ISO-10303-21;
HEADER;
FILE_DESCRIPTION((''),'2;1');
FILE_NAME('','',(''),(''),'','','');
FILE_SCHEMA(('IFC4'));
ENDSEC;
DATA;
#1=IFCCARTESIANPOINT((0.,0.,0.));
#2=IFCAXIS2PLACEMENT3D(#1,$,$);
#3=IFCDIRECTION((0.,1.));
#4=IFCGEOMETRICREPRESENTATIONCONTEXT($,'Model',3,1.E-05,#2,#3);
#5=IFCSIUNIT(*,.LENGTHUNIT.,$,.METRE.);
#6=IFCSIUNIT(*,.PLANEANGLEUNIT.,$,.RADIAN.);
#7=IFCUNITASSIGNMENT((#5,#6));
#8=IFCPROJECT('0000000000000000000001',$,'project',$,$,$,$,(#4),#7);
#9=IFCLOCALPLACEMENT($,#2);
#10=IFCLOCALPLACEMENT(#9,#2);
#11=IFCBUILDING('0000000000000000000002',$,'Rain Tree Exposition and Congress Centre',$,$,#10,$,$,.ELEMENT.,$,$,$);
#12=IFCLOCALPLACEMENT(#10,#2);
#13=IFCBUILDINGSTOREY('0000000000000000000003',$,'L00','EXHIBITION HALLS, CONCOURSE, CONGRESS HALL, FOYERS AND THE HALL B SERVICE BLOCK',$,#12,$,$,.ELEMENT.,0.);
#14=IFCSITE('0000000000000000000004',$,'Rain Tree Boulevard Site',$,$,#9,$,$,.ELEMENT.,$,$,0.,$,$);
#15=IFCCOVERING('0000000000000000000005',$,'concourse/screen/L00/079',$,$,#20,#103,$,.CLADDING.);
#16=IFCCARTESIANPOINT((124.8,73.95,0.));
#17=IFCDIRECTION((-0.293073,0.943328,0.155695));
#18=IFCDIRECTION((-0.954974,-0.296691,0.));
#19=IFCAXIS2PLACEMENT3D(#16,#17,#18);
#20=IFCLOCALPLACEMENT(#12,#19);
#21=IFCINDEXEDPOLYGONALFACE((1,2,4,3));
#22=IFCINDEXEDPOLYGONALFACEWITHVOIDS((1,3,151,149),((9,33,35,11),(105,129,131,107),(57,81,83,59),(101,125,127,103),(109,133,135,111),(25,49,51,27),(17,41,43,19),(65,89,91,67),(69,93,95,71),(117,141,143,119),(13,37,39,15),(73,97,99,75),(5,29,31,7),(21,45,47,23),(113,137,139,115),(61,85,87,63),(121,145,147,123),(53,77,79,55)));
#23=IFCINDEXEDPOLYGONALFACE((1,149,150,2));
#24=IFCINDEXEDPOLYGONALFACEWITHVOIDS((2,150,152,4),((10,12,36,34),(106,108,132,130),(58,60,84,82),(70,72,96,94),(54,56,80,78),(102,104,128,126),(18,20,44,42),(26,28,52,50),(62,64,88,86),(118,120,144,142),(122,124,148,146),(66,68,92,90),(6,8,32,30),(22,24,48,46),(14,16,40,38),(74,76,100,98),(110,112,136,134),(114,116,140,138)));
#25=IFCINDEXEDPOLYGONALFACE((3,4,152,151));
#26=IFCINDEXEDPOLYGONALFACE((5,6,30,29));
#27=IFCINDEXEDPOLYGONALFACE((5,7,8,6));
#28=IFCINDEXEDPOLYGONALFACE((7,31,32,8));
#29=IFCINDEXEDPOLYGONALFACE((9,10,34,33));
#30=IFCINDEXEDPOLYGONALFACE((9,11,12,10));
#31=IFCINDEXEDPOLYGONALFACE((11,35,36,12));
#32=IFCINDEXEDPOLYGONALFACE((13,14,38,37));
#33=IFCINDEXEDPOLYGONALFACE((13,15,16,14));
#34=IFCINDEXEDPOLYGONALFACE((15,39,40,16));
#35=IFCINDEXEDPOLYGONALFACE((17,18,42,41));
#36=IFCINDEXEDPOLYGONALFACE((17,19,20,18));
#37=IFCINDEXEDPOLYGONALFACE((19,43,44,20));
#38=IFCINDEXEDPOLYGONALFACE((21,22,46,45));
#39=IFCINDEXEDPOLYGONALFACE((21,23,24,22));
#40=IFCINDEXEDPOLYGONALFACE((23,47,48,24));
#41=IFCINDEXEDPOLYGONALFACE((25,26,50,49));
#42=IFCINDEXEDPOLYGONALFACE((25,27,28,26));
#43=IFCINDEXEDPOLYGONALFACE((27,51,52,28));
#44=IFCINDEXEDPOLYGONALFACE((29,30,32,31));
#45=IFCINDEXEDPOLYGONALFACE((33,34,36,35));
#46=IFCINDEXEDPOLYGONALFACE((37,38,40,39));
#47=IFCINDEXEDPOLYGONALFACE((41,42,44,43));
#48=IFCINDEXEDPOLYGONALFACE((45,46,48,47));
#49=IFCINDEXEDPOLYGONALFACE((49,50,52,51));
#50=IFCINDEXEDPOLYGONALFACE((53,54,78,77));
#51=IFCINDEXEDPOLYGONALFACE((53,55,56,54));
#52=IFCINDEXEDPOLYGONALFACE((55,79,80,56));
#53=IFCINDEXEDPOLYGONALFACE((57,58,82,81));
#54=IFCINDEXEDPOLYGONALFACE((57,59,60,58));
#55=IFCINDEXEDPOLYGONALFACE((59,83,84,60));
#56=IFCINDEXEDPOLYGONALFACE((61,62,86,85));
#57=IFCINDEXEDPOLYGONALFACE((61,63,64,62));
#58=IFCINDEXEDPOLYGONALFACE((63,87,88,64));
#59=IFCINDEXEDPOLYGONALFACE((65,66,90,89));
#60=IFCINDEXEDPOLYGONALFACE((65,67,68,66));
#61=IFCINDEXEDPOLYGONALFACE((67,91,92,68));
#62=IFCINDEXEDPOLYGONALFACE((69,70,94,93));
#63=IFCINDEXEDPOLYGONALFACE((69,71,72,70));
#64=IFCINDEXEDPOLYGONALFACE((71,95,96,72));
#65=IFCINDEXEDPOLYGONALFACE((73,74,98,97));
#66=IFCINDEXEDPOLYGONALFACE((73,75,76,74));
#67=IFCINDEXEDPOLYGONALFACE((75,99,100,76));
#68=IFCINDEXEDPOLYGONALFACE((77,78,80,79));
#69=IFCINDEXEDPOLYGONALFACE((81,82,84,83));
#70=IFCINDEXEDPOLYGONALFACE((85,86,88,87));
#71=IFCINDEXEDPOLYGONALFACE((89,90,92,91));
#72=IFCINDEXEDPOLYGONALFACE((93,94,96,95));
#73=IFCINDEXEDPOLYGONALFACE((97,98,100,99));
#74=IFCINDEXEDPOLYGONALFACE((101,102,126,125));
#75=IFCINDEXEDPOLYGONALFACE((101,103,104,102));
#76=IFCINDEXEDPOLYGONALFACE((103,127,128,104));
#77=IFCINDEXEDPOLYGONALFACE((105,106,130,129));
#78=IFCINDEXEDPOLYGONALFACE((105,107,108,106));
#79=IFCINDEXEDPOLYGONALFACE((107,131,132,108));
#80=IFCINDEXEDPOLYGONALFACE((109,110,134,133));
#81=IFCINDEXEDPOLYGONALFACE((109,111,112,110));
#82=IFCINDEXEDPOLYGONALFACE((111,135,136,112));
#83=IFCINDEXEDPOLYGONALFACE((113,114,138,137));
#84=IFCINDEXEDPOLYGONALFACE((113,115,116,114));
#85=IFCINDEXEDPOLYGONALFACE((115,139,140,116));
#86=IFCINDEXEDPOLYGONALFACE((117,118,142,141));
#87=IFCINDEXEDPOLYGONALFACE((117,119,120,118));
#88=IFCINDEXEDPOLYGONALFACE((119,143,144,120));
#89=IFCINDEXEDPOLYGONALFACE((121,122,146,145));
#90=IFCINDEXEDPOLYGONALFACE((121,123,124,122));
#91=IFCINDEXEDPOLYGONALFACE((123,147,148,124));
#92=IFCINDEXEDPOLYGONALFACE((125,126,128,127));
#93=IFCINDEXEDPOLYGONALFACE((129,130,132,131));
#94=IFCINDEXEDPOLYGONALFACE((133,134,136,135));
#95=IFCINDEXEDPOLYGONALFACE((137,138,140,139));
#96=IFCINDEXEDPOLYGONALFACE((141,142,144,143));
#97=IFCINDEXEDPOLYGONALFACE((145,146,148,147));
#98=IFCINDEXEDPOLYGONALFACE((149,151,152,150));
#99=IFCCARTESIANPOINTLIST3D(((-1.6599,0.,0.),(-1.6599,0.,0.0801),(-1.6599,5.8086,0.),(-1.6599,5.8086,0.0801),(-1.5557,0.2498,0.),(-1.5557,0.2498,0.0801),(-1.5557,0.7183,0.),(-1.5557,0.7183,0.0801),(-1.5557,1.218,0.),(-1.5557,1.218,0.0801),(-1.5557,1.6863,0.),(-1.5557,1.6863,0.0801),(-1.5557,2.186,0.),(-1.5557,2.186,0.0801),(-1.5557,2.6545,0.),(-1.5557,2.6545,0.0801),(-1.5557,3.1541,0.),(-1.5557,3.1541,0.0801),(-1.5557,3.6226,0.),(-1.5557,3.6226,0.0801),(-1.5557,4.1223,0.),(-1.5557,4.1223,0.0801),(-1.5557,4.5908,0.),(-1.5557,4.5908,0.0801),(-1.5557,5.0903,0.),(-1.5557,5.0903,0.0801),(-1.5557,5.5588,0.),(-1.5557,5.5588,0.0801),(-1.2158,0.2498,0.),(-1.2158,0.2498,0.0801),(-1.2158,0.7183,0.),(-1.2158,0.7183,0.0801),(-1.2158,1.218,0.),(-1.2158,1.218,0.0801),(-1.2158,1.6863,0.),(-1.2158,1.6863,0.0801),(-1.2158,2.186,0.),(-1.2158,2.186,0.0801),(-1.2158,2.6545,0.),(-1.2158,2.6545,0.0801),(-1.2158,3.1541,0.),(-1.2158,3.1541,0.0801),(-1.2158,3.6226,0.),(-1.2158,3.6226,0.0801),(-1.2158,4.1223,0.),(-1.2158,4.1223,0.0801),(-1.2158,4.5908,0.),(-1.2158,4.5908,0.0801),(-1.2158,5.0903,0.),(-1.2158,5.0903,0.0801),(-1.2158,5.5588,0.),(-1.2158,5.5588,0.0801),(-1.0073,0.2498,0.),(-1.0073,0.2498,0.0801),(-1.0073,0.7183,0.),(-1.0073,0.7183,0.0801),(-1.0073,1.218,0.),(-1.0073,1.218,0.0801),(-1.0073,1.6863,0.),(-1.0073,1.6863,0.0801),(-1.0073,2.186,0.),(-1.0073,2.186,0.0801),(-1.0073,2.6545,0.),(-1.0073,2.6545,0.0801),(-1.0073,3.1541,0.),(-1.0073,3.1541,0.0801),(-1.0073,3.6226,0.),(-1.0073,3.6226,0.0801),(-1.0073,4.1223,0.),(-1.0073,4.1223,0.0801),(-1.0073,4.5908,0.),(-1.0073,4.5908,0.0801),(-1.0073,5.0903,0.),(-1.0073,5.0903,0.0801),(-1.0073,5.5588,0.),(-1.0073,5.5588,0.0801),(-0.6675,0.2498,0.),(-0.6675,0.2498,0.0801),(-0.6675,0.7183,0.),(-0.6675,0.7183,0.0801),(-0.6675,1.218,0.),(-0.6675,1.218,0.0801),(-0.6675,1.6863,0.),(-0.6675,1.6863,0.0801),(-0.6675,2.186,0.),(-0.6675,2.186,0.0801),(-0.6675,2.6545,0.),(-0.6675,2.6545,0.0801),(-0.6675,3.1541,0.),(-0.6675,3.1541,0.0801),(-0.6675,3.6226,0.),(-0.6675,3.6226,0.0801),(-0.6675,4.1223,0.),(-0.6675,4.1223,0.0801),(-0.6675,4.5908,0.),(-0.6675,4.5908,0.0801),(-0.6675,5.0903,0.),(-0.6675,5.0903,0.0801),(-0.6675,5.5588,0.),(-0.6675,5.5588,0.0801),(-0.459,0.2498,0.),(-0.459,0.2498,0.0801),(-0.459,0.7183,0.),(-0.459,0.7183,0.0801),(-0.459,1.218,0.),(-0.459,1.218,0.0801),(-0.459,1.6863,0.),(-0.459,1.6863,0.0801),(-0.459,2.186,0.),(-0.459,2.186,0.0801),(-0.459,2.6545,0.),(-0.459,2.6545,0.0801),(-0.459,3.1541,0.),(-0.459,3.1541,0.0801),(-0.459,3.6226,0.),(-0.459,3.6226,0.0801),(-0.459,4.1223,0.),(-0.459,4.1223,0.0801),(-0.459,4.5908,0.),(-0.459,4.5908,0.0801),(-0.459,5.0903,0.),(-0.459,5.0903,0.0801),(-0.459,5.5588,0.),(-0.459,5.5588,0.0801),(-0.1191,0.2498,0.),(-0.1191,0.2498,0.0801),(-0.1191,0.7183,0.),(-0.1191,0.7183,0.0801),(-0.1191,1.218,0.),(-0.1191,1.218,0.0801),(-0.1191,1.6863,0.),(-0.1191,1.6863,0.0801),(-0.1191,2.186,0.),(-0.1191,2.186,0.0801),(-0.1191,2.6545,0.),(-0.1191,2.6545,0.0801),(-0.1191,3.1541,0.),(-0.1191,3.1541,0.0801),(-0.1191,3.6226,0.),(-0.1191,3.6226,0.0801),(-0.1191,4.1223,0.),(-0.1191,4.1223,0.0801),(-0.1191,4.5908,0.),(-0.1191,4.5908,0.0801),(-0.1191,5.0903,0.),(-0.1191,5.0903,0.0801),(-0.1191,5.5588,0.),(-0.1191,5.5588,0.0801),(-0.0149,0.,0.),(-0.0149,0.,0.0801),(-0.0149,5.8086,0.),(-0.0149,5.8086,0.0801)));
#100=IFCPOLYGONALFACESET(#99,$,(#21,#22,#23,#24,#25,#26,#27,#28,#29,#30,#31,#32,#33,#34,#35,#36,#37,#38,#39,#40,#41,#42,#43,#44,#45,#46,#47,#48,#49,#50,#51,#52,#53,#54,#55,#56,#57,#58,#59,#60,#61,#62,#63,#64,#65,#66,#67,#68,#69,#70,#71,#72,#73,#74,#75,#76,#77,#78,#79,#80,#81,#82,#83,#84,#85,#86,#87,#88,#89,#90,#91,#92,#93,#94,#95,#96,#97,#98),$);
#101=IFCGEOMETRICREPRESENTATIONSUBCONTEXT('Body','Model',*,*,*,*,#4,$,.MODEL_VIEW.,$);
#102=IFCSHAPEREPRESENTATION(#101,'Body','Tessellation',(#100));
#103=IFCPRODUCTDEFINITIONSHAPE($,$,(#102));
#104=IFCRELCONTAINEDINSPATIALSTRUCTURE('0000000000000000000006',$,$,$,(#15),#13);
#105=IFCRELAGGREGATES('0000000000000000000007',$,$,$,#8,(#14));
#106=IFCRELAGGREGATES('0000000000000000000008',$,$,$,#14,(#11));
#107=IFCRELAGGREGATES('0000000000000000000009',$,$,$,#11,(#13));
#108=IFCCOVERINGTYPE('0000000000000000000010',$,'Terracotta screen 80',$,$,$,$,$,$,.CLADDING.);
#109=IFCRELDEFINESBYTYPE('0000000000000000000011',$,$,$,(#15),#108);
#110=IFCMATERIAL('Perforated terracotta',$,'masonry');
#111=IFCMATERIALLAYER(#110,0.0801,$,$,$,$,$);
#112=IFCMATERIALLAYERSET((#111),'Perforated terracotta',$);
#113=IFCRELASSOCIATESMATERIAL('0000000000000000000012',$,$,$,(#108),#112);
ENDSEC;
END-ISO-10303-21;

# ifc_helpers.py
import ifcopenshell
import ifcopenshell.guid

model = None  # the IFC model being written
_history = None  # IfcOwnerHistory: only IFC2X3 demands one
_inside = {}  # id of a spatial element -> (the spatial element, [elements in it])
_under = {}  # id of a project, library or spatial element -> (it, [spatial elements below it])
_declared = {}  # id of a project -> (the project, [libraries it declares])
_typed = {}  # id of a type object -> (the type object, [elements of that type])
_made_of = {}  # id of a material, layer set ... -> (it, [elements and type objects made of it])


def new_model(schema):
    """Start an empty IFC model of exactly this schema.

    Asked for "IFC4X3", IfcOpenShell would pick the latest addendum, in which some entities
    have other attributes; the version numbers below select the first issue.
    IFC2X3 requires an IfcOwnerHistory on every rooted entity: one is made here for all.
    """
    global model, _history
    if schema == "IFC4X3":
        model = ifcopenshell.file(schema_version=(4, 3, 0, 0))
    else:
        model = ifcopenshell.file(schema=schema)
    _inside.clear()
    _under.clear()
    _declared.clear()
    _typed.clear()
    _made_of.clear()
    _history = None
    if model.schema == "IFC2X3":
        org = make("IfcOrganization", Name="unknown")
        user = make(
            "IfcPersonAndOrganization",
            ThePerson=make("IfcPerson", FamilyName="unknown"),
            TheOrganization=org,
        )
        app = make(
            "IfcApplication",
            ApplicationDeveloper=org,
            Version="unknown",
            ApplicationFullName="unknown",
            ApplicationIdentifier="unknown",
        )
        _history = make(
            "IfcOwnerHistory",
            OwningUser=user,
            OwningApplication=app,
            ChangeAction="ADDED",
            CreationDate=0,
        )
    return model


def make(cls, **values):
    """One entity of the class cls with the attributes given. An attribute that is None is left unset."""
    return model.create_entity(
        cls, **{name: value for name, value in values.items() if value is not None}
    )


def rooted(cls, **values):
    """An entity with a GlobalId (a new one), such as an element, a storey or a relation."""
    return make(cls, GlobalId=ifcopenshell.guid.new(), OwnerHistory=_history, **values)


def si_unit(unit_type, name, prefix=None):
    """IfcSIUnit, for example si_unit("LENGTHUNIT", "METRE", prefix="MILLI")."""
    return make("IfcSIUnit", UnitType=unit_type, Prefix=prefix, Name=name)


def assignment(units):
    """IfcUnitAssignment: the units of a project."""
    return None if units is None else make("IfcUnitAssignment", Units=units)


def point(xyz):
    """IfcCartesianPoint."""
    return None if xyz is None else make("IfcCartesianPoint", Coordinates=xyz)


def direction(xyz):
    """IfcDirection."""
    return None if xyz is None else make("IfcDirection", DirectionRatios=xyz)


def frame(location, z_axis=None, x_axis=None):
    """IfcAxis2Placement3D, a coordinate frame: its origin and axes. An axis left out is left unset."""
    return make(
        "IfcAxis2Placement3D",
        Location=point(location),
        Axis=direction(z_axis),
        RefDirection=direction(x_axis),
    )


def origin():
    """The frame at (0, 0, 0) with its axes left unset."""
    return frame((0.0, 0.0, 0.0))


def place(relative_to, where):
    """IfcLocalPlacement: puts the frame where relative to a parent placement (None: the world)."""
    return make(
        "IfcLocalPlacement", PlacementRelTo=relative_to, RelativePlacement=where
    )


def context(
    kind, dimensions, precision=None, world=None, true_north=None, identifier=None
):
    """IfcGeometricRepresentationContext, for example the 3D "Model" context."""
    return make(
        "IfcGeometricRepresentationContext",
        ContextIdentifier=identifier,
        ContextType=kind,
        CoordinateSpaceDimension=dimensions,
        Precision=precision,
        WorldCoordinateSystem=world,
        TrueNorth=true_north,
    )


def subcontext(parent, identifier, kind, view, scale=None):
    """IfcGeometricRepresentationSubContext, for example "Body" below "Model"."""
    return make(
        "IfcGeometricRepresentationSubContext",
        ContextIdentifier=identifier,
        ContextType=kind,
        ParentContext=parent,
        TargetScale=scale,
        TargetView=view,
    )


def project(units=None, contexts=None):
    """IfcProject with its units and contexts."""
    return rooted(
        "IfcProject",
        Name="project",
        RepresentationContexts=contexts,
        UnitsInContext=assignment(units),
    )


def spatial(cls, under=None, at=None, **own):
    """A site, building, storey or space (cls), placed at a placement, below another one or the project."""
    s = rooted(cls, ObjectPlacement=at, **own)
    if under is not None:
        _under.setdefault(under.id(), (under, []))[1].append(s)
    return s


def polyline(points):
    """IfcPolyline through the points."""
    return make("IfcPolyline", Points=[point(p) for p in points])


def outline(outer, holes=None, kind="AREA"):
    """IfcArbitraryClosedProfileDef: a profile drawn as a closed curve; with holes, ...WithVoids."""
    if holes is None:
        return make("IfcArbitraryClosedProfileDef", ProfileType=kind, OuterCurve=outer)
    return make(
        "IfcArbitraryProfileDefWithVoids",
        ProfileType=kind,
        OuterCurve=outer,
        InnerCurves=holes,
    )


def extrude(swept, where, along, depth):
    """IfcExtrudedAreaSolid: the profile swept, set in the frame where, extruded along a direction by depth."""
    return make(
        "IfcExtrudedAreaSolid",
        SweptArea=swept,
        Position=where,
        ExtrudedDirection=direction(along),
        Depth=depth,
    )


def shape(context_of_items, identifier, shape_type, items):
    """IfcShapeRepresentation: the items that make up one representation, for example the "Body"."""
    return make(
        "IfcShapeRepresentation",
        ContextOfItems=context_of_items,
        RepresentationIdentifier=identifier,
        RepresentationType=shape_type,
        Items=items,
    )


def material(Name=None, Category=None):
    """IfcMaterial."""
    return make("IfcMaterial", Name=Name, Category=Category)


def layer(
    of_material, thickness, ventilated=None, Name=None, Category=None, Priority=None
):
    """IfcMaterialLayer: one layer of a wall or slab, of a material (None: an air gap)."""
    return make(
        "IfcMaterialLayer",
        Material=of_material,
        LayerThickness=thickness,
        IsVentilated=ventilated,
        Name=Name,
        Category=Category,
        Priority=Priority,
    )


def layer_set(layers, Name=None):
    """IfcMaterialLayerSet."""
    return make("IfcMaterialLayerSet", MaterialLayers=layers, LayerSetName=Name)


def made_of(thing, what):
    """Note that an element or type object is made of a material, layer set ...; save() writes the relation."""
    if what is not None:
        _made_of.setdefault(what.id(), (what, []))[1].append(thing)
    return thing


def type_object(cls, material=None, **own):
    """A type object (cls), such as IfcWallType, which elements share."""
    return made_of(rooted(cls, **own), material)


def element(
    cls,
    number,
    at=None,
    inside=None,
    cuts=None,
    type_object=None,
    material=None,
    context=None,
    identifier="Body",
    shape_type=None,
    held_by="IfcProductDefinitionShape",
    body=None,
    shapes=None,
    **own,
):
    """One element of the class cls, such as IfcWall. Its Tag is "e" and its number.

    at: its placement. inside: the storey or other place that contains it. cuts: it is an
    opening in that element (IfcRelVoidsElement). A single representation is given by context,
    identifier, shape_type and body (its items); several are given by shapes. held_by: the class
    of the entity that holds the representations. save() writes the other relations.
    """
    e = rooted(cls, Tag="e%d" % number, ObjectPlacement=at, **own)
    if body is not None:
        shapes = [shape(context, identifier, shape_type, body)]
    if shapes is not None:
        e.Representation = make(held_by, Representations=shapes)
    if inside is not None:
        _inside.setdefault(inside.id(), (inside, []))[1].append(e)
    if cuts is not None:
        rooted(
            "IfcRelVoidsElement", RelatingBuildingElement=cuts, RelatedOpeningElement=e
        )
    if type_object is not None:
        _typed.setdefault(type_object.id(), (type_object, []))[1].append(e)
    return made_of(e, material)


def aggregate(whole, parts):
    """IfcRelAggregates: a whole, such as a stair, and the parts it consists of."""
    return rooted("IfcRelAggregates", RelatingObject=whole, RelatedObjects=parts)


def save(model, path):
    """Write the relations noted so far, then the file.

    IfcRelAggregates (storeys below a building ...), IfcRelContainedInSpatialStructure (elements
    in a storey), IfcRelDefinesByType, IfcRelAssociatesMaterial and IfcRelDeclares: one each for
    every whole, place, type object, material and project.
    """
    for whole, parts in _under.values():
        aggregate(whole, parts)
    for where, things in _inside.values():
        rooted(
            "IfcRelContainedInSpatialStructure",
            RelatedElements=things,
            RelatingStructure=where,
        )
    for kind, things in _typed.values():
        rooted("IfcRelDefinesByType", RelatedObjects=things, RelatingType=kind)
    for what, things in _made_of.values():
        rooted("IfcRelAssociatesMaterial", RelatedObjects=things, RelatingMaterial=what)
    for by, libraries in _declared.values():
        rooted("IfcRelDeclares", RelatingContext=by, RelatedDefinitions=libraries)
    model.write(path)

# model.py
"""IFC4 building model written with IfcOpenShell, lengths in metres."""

from ifc_helpers import new_model, si_unit, direction, frame, origin, place, context, subcontext, project, spatial, polyline, outline, extrude, material, layer, layer_set, type_object, element, save


model = new_model("IFC4")

# Units and contexts
model_context = context("Model", 3, precision=1e-05, world=origin(), true_north=direction((0.0, 1.0)))
body_context = subcontext(model_context, "Body", "Model", "MODEL_VIEW")
ifc_project = project(units=[si_unit("LENGTHUNIT", "METRE"), si_unit("PLANEANGLEUNIT", "RADIAN")], contexts=[model_context])

# Site, building, storey
site_placement = place(None, origin())
site = spatial("IfcSite", under=ifc_project, at=site_placement, Name="Rain Tree Boulevard Site", CompositionType="ELEMENT", RefElevation=0.0)
building_placement = place(site_placement, origin())
building = spatial("IfcBuilding", under=site, at=building_placement, Name="Rain Tree Exposition and Congress Centre", CompositionType="ELEMENT")
storey_placement = place(building_placement, origin())
storey = spatial("IfcBuildingStorey", under=building, at=storey_placement, Name="L00", Description="EXHIBITION HALLS, CONCOURSE, CONGRESS HALL, FOYERS AND THE HALL B SERVICE BLOCK", CompositionType="ELEMENT", Elevation=0.0)

# Covering
ifc_material_1 = material(Name="Perforated terracotta", Category="masonry")
ifc_layer_1 = layer(ifc_material_1, 0.0801)
ifc_layer_set_1 = layer_set([ifc_layer_1], Name="Perforated terracotta")
covering_type = type_object("IfcCoveringType", Name="Terracotta screen 80", PredefinedType="CLADDING", material=ifc_layer_set_1)
covering_1_placement = place(storey_placement, frame((124.8, 73.95, 0.0), z_axis=(-0.293073, 0.943328, 0.155695), x_axis=(-0.954974, -0.296691, 0.0)))
element("IfcCovering", 1, at=covering_1_placement, inside=storey, type_object=covering_type, Name="concourse/screen/L00/079", PredefinedType="CLADDING", context=body_context, shape_type="SweptSolid", body=[
    extrude(outline(polyline([(-0.0149, 0.0), (-1.6599, 0.0), (-1.6599, 5.8086), (-0.0149, 5.8086), (-0.0149, 0.0)]), holes=[polyline([(-0.1191, 0.2498), (-0.1191, 0.7183), (-0.459, 0.7183), (-0.459, 0.2498), (-0.1191, 0.2498)]), polyline([(-0.1191, 1.218), (-0.1191, 1.6863), (-0.459, 1.6863), (-0.459, 1.218), (-0.1191, 1.218)]), polyline([(-0.1191, 2.186), (-0.1191, 2.6545), (-0.459, 2.6545), (-0.459, 2.186), (-0.1191, 2.186)]), polyline([(-0.1191, 3.1541), (-0.1191, 3.6226), (-0.459, 3.6226), (-0.459, 3.1541), (-0.1191, 3.1541)]), polyline([(-0.1191, 4.1223), (-0.1191, 4.5908), (-0.459, 4.5908), (-0.459, 4.1223), (-0.1191, 4.1223)]), polyline([(-0.1191, 5.0903), (-0.1191, 5.5588), (-0.459, 5.5588), (-0.459, 5.0903), (-0.1191, 5.0903)]), polyline([(-0.6675, 0.2498), (-0.6675, 0.7183), (-1.0073, 0.7183), (-1.0073, 0.2498), (-0.6675, 0.2498)]), polyline([(-0.6675, 1.218), (-0.6675, 1.6863), (-1.0073, 1.6863), (-1.0073, 1.218), (-0.6675, 1.218)]), polyline([(-0.6675, 2.186), (-0.6675, 2.6545), (-1.0073, 2.6545), (-1.0073, 2.186), (-0.6675, 2.186)]), polyline([(-0.6675, 3.1541), (-0.6675, 3.6226), (-1.0073, 3.6226), (-1.0073, 3.1541), (-0.6675, 3.1541)]), polyline([(-0.6675, 4.1223), (-0.6675, 4.5908), (-1.0073, 4.5908), (-1.0073, 4.1223), (-0.6675, 4.1223)]), polyline([(-0.6675, 5.0903), (-0.6675, 5.5588), (-1.0073, 5.5588), (-1.0073, 5.0903), (-0.6675, 5.0903)]), polyline([(-1.2158, 0.2498), (-1.2158, 0.7183), (-1.5557, 0.7183), (-1.5557, 0.2498), (-1.2158, 0.2498)]), polyline([(-1.2158, 1.218), (-1.2158, 1.6863), (-1.5557, 1.6863), (-1.5557, 1.218), (-1.2158, 1.218)]), polyline([(-1.2158, 2.186), (-1.2158, 2.6545), (-1.5557, 2.6545), (-1.5557, 2.186), (-1.2158, 2.186)]), polyline([(-1.2158, 3.1541), (-1.2158, 3.6226), (-1.5557, 3.6226), (-1.5557, 3.1541), (-1.2158, 3.1541)]), polyline([(-1.2158, 4.1223), (-1.2158, 4.5908), (-1.5557, 4.5908), (-1.5557, 4.1223), (-1.2158, 4.1223)]), polyline([(-1.2158, 5.0903), (-1.2158, 5.5588), (-1.5557, 5.5588), (-1.5557, 5.0903), (-1.2158, 5.0903)])]), origin(), (0.0, 0.0, 1.0), 0.0801),
])

save(model, "model.ifc")
